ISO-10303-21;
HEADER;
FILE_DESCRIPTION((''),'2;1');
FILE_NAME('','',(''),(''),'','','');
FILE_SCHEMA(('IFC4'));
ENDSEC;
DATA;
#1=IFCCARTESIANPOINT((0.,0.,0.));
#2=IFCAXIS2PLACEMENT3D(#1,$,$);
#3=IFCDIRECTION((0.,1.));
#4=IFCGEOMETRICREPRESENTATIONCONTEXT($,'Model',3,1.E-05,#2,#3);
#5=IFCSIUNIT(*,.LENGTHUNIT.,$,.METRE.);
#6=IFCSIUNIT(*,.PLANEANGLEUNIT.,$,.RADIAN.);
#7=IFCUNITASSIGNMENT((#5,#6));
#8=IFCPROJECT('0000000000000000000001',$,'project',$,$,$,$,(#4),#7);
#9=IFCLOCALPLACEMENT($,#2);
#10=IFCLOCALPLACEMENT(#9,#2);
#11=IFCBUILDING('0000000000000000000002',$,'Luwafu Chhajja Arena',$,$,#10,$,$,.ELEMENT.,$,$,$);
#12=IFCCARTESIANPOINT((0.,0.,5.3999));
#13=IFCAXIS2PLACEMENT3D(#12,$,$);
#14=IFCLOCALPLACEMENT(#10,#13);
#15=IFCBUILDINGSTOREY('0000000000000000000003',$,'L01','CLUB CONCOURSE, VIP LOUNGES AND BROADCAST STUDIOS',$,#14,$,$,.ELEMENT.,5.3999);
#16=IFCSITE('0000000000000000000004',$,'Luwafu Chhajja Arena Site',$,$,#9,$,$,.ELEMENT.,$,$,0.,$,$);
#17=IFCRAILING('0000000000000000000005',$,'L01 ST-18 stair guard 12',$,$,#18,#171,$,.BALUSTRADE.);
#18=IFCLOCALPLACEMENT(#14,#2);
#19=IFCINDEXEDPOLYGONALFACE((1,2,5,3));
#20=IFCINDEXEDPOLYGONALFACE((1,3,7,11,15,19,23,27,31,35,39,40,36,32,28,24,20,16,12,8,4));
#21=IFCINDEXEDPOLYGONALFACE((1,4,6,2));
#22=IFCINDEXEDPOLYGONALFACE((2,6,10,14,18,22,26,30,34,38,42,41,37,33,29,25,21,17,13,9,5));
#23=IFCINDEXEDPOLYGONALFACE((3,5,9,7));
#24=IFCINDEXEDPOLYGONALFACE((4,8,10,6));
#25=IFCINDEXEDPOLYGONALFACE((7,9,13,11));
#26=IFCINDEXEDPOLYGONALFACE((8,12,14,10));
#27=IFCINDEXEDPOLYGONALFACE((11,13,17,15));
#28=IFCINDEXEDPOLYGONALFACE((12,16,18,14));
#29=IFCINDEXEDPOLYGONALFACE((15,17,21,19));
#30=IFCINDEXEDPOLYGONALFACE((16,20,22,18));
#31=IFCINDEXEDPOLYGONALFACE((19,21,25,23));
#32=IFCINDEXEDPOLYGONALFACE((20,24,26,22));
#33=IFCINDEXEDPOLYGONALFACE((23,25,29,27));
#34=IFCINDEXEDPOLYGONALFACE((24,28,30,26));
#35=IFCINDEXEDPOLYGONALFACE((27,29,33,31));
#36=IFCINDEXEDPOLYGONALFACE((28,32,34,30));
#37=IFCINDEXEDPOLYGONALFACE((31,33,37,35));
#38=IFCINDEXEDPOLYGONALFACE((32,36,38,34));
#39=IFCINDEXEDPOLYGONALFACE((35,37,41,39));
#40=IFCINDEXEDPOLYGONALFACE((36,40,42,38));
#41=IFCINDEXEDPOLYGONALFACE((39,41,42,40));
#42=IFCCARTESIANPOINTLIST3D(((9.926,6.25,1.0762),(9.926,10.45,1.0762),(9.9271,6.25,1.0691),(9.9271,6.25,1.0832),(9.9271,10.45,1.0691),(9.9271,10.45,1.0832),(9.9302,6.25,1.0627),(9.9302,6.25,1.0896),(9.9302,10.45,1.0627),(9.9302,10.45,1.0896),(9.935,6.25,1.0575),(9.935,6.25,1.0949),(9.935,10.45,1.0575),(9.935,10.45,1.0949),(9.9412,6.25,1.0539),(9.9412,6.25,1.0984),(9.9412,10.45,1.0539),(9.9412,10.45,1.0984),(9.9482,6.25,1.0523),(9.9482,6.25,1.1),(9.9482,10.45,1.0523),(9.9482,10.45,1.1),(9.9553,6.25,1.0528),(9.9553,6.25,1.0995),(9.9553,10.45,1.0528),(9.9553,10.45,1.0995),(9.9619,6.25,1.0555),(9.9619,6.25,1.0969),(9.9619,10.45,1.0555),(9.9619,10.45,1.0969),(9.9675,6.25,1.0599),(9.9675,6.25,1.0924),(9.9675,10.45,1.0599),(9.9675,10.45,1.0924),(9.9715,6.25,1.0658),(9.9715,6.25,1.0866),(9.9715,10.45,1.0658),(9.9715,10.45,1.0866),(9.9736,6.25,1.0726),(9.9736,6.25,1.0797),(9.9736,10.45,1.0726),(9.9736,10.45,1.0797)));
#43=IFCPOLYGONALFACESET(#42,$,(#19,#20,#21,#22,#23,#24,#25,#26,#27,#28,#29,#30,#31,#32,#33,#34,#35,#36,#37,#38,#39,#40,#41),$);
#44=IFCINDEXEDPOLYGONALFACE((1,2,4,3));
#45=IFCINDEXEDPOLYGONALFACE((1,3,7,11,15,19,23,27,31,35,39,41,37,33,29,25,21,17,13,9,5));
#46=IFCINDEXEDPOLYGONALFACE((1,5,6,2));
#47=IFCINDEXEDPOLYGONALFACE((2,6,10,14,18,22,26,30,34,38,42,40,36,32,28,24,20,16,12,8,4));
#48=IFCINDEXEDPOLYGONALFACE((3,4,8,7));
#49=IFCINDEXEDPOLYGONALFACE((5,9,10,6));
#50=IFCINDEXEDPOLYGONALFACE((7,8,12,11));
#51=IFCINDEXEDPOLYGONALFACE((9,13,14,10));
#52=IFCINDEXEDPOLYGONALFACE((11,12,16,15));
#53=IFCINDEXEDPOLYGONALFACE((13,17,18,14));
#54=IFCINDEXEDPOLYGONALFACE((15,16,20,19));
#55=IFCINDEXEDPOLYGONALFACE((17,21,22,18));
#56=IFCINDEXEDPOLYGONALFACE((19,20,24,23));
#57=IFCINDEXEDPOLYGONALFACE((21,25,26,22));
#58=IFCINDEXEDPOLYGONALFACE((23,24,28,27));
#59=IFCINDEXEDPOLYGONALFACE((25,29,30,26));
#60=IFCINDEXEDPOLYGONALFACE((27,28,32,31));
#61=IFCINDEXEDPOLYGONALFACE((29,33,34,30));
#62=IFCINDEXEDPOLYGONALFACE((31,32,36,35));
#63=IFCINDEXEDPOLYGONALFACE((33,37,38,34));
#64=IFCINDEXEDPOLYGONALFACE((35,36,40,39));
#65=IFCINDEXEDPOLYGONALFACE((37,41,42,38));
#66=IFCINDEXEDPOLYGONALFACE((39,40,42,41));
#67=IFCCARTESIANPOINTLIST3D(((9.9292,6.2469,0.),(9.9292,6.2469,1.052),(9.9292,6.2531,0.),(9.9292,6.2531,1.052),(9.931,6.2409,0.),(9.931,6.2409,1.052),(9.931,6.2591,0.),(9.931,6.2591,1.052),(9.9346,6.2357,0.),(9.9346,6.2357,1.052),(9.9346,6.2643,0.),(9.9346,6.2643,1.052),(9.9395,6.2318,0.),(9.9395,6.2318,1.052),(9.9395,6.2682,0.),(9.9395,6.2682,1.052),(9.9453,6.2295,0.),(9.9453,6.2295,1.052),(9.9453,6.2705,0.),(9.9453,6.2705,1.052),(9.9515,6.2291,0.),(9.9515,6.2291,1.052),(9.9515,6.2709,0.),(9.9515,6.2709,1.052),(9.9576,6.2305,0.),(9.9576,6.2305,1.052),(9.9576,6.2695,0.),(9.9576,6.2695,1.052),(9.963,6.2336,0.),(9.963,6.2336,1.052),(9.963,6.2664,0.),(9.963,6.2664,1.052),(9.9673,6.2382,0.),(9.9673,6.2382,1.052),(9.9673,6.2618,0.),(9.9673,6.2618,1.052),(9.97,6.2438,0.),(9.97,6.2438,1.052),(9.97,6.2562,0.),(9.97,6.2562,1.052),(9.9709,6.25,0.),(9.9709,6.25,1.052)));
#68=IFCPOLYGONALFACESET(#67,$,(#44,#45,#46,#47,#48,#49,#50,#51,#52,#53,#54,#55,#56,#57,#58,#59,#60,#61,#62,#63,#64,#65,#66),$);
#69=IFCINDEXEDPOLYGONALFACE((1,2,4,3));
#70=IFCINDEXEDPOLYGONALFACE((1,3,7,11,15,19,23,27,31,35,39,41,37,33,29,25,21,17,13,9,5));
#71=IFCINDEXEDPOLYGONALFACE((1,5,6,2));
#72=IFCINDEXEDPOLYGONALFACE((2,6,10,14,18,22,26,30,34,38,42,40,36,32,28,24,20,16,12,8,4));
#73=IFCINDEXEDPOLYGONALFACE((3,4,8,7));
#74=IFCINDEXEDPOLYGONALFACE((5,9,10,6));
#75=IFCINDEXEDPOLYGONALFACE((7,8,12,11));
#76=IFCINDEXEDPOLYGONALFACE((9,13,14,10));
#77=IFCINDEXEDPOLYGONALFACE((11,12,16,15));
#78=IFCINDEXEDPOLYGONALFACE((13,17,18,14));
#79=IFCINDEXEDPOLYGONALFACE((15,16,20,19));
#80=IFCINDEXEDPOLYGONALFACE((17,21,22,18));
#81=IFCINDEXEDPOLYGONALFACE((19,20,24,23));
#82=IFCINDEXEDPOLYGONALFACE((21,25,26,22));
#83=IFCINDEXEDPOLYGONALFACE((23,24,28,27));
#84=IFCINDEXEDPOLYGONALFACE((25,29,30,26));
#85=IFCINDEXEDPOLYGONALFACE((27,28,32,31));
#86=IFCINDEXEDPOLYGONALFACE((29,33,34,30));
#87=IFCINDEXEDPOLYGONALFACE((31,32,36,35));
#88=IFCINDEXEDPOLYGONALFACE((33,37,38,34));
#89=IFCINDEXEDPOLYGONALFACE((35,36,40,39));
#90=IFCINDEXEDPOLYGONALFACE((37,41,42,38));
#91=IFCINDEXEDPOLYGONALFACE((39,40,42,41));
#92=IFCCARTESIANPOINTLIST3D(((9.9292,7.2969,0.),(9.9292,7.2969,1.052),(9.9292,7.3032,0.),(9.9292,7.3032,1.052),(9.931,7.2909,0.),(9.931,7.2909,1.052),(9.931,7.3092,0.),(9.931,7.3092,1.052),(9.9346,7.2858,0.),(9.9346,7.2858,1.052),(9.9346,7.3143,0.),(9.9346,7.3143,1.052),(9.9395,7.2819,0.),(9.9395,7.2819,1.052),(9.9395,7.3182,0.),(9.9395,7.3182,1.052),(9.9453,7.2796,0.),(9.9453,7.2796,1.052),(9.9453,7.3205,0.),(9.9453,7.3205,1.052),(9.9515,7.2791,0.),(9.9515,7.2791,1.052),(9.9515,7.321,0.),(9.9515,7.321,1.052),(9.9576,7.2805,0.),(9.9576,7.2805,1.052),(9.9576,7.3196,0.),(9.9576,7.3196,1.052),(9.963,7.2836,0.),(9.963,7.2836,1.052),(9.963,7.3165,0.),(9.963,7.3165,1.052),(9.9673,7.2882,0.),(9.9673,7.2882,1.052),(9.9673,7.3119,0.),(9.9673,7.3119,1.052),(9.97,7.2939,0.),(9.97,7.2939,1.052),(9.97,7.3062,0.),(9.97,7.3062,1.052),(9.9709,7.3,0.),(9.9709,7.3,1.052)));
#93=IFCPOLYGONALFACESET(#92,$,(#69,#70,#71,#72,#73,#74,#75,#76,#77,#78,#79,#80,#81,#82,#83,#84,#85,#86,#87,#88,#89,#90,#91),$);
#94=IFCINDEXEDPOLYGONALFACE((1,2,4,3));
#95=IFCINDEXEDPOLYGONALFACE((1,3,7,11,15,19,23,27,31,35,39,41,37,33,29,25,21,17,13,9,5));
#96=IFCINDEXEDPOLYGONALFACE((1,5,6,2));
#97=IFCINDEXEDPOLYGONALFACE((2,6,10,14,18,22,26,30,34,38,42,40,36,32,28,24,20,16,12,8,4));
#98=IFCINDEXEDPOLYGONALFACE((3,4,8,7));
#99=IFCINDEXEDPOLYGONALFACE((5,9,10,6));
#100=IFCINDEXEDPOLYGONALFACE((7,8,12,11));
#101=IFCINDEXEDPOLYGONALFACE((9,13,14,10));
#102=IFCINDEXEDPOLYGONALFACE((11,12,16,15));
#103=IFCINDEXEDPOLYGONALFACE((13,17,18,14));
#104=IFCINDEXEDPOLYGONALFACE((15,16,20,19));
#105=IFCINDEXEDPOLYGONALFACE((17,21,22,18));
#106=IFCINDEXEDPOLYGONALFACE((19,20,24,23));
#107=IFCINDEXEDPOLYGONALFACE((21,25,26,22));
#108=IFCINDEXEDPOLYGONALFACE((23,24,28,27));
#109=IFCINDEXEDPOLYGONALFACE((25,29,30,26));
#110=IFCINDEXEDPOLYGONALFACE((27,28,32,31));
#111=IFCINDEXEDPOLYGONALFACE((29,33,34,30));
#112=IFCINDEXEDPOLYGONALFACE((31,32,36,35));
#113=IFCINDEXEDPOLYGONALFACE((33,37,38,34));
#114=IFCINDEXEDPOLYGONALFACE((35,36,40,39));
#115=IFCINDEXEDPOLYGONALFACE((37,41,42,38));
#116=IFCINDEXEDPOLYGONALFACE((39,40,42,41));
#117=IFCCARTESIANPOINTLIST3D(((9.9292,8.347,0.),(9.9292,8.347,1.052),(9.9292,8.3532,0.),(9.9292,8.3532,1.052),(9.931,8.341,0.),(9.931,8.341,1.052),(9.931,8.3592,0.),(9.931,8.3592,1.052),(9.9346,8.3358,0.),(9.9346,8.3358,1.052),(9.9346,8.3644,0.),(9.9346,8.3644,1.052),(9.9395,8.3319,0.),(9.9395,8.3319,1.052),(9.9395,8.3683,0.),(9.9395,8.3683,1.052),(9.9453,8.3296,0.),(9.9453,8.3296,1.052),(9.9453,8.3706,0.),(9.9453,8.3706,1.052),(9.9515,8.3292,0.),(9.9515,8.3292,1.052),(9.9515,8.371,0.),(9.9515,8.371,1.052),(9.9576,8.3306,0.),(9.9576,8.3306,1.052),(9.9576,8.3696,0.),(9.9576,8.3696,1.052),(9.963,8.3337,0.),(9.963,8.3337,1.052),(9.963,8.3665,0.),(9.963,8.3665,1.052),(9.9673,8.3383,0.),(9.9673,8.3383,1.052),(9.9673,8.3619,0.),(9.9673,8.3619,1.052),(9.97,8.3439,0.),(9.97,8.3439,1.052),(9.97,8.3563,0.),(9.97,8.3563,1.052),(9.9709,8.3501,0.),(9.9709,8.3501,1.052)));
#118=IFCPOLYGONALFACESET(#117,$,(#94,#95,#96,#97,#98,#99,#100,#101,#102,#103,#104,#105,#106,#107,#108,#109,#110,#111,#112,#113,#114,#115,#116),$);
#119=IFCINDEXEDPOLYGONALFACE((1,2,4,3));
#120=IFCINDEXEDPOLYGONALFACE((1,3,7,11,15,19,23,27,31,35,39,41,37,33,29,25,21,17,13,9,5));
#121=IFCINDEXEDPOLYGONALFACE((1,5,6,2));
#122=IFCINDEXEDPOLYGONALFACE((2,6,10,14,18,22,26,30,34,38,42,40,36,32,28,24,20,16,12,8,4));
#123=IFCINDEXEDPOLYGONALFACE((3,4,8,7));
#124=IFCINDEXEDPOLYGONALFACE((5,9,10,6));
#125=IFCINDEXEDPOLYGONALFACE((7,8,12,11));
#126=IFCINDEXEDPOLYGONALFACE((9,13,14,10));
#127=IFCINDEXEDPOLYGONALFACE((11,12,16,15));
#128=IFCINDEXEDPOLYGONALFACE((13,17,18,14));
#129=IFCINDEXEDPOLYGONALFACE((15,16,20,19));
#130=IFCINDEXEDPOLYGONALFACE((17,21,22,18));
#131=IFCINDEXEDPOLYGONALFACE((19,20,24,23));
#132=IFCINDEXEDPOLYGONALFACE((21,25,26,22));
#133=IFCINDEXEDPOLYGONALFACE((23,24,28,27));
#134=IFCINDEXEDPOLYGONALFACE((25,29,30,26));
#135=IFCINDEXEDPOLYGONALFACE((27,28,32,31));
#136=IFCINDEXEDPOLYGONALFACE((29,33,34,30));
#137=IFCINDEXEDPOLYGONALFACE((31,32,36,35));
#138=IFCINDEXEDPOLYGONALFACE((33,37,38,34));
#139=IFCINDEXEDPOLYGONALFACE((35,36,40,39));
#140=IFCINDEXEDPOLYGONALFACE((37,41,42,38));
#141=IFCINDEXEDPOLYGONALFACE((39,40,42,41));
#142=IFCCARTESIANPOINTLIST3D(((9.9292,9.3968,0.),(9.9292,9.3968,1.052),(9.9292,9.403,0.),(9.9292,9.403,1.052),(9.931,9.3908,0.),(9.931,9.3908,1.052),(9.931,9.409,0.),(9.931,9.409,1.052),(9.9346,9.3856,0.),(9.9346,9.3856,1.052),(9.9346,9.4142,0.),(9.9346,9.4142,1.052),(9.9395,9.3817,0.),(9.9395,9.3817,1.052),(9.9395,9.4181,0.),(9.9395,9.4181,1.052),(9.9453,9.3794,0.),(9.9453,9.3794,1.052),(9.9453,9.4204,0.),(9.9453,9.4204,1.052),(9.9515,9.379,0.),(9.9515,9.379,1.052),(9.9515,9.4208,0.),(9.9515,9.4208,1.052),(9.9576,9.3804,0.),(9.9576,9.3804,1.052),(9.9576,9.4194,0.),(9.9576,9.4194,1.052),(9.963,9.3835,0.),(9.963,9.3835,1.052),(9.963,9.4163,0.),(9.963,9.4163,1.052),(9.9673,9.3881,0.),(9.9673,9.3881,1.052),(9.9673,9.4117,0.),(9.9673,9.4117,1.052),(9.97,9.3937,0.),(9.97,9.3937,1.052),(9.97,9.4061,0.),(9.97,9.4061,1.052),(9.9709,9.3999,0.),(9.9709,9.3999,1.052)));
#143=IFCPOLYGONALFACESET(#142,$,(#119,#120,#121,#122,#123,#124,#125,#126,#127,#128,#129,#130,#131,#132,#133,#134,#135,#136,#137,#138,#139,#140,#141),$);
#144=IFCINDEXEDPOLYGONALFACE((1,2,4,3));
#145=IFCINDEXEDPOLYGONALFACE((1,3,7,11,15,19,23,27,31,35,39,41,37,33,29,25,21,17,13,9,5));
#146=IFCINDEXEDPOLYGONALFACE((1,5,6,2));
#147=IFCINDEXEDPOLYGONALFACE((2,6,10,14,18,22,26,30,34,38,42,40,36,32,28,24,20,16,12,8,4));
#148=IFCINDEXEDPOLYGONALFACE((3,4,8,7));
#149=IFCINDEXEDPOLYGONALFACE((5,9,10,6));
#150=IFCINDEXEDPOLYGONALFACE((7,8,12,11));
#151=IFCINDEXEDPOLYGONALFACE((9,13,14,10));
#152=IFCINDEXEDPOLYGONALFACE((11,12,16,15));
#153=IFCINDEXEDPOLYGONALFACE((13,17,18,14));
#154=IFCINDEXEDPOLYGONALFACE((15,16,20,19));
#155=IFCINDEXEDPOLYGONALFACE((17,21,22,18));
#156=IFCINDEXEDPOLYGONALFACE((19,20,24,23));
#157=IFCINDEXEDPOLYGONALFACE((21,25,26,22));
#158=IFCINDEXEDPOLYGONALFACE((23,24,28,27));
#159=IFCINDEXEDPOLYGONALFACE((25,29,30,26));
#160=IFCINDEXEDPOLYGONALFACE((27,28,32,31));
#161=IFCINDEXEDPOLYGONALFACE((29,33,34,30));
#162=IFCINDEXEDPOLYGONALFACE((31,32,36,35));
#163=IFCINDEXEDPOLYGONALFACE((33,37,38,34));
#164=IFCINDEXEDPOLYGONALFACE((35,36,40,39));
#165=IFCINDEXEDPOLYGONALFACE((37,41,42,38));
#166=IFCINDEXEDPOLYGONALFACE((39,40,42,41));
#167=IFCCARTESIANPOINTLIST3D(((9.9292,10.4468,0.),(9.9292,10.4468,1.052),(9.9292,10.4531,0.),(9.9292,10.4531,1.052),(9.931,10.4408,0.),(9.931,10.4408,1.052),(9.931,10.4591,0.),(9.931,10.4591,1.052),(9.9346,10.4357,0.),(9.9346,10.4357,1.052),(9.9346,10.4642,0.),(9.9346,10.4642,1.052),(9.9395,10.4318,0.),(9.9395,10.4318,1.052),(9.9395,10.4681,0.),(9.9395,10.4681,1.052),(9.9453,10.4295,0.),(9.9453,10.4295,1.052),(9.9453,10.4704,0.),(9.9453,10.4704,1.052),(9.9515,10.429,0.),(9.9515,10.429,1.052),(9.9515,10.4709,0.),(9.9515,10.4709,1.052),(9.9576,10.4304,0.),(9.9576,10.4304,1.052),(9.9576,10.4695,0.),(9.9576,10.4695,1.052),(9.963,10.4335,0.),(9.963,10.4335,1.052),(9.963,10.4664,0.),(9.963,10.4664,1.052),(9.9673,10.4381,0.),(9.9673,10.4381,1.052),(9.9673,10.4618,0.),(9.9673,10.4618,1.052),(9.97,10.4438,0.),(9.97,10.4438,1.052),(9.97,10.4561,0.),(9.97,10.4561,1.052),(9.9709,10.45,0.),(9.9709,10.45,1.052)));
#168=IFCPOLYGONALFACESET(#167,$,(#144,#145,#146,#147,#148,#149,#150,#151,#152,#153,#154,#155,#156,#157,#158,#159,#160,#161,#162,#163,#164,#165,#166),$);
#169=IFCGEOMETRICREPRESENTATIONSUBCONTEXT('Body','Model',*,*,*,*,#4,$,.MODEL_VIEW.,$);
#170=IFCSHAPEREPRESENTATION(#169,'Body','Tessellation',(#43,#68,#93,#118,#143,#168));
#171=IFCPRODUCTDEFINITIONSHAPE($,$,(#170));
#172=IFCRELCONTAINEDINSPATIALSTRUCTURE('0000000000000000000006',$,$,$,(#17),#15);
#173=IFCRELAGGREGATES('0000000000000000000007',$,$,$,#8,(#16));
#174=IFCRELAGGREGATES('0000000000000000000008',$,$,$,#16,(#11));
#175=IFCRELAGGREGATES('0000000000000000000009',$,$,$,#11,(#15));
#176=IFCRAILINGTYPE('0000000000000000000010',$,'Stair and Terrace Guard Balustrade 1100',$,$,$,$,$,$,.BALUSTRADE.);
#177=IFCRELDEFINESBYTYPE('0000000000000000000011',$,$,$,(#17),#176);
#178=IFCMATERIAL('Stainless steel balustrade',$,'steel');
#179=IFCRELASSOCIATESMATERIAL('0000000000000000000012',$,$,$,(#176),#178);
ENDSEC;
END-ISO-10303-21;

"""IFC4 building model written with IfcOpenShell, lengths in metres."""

from ifc_helpers import new_model, si_unit, direction, frame, origin, origin_2d, place, context, subcontext, project, spatial, circle, extrude, material, type_object, element, save


model = new_model("IFC4")

# Units and contexts
model_context = context("Model", 3, precision=1e-05, world=origin(), true_north=direction((0.0, 1.0)))
body_context = subcontext(model_context, "Body", "Model", "MODEL_VIEW")
ifc_project = project(units=[si_unit("LENGTHUNIT", "METRE"), si_unit("PLANEANGLEUNIT", "RADIAN")], contexts=[model_context])

# Site, building, storey
site_placement = place(None, origin())
site = spatial("IfcSite", under=ifc_project, at=site_placement, Name="Luwafu Chhajja Arena Site", CompositionType="ELEMENT", RefElevation=0.0)
building_placement = place(site_placement, origin())
building = spatial("IfcBuilding", under=site, at=building_placement, Name="Luwafu Chhajja Arena", CompositionType="ELEMENT")
storey_placement = place(building_placement, frame((0.0, 0.0, 5.3999)))
storey = spatial("IfcBuildingStorey", under=building, at=storey_placement, Name="L01", Description="CLUB CONCOURSE, VIP LOUNGES AND BROADCAST STUDIOS", CompositionType="ELEMENT", Elevation=5.3999)

# Shared definitions
ifc_material_1 = material(Name="Stainless steel balustrade", Category="steel")

# Railing
railing_type_1 = type_object("IfcRailingType", Name="Stair and Terrace Guard Balustrade 1100", PredefinedType="BALUSTRADE", material=ifc_material_1)
railing_1_placement = place(storey_placement, frame((9.95, 6.25, 0.0)))
element("IfcRailing", 1, at=railing_1_placement, inside=storey, type_object=railing_type_1, Name="L01 ST-18 stair guard 12", PredefinedType="BALUSTRADE", context=body_context, shape_type="SweptSolid", body=[
    extrude(circle(Radius=0.0239, at=origin_2d()), frame((0.0, 0.0, 1.0762), z_axis=(0.0, 1.0, 0.0), x_axis=(-1.0, 0.0, 0.0)), (0.0, 0.0, 1.0), 4.2),
    extrude(circle(Radius=0.021, at=origin_2d()), origin(), (0.0, 0.0, 1.0), 1.052),
    extrude(circle(Radius=0.021, at=origin_2d()), frame((0.0, 1.05, 0.0)), (0.0, 0.0, 1.0), 1.052),
    extrude(circle(Radius=0.021, at=origin_2d()), frame((0.0, 2.1001, 0.0)), (0.0, 0.0, 1.0), 1.052),
    extrude(circle(Radius=0.021, at=origin_2d()), frame((0.0, 3.1499, 0.0)), (0.0, 0.0, 1.0), 1.052),
    extrude(circle(Radius=0.021, at=origin_2d()), frame((0.0, 4.2, 0.0)), (0.0, 0.0, 1.0), 1.052),
])

save(model, "model.ifc")
